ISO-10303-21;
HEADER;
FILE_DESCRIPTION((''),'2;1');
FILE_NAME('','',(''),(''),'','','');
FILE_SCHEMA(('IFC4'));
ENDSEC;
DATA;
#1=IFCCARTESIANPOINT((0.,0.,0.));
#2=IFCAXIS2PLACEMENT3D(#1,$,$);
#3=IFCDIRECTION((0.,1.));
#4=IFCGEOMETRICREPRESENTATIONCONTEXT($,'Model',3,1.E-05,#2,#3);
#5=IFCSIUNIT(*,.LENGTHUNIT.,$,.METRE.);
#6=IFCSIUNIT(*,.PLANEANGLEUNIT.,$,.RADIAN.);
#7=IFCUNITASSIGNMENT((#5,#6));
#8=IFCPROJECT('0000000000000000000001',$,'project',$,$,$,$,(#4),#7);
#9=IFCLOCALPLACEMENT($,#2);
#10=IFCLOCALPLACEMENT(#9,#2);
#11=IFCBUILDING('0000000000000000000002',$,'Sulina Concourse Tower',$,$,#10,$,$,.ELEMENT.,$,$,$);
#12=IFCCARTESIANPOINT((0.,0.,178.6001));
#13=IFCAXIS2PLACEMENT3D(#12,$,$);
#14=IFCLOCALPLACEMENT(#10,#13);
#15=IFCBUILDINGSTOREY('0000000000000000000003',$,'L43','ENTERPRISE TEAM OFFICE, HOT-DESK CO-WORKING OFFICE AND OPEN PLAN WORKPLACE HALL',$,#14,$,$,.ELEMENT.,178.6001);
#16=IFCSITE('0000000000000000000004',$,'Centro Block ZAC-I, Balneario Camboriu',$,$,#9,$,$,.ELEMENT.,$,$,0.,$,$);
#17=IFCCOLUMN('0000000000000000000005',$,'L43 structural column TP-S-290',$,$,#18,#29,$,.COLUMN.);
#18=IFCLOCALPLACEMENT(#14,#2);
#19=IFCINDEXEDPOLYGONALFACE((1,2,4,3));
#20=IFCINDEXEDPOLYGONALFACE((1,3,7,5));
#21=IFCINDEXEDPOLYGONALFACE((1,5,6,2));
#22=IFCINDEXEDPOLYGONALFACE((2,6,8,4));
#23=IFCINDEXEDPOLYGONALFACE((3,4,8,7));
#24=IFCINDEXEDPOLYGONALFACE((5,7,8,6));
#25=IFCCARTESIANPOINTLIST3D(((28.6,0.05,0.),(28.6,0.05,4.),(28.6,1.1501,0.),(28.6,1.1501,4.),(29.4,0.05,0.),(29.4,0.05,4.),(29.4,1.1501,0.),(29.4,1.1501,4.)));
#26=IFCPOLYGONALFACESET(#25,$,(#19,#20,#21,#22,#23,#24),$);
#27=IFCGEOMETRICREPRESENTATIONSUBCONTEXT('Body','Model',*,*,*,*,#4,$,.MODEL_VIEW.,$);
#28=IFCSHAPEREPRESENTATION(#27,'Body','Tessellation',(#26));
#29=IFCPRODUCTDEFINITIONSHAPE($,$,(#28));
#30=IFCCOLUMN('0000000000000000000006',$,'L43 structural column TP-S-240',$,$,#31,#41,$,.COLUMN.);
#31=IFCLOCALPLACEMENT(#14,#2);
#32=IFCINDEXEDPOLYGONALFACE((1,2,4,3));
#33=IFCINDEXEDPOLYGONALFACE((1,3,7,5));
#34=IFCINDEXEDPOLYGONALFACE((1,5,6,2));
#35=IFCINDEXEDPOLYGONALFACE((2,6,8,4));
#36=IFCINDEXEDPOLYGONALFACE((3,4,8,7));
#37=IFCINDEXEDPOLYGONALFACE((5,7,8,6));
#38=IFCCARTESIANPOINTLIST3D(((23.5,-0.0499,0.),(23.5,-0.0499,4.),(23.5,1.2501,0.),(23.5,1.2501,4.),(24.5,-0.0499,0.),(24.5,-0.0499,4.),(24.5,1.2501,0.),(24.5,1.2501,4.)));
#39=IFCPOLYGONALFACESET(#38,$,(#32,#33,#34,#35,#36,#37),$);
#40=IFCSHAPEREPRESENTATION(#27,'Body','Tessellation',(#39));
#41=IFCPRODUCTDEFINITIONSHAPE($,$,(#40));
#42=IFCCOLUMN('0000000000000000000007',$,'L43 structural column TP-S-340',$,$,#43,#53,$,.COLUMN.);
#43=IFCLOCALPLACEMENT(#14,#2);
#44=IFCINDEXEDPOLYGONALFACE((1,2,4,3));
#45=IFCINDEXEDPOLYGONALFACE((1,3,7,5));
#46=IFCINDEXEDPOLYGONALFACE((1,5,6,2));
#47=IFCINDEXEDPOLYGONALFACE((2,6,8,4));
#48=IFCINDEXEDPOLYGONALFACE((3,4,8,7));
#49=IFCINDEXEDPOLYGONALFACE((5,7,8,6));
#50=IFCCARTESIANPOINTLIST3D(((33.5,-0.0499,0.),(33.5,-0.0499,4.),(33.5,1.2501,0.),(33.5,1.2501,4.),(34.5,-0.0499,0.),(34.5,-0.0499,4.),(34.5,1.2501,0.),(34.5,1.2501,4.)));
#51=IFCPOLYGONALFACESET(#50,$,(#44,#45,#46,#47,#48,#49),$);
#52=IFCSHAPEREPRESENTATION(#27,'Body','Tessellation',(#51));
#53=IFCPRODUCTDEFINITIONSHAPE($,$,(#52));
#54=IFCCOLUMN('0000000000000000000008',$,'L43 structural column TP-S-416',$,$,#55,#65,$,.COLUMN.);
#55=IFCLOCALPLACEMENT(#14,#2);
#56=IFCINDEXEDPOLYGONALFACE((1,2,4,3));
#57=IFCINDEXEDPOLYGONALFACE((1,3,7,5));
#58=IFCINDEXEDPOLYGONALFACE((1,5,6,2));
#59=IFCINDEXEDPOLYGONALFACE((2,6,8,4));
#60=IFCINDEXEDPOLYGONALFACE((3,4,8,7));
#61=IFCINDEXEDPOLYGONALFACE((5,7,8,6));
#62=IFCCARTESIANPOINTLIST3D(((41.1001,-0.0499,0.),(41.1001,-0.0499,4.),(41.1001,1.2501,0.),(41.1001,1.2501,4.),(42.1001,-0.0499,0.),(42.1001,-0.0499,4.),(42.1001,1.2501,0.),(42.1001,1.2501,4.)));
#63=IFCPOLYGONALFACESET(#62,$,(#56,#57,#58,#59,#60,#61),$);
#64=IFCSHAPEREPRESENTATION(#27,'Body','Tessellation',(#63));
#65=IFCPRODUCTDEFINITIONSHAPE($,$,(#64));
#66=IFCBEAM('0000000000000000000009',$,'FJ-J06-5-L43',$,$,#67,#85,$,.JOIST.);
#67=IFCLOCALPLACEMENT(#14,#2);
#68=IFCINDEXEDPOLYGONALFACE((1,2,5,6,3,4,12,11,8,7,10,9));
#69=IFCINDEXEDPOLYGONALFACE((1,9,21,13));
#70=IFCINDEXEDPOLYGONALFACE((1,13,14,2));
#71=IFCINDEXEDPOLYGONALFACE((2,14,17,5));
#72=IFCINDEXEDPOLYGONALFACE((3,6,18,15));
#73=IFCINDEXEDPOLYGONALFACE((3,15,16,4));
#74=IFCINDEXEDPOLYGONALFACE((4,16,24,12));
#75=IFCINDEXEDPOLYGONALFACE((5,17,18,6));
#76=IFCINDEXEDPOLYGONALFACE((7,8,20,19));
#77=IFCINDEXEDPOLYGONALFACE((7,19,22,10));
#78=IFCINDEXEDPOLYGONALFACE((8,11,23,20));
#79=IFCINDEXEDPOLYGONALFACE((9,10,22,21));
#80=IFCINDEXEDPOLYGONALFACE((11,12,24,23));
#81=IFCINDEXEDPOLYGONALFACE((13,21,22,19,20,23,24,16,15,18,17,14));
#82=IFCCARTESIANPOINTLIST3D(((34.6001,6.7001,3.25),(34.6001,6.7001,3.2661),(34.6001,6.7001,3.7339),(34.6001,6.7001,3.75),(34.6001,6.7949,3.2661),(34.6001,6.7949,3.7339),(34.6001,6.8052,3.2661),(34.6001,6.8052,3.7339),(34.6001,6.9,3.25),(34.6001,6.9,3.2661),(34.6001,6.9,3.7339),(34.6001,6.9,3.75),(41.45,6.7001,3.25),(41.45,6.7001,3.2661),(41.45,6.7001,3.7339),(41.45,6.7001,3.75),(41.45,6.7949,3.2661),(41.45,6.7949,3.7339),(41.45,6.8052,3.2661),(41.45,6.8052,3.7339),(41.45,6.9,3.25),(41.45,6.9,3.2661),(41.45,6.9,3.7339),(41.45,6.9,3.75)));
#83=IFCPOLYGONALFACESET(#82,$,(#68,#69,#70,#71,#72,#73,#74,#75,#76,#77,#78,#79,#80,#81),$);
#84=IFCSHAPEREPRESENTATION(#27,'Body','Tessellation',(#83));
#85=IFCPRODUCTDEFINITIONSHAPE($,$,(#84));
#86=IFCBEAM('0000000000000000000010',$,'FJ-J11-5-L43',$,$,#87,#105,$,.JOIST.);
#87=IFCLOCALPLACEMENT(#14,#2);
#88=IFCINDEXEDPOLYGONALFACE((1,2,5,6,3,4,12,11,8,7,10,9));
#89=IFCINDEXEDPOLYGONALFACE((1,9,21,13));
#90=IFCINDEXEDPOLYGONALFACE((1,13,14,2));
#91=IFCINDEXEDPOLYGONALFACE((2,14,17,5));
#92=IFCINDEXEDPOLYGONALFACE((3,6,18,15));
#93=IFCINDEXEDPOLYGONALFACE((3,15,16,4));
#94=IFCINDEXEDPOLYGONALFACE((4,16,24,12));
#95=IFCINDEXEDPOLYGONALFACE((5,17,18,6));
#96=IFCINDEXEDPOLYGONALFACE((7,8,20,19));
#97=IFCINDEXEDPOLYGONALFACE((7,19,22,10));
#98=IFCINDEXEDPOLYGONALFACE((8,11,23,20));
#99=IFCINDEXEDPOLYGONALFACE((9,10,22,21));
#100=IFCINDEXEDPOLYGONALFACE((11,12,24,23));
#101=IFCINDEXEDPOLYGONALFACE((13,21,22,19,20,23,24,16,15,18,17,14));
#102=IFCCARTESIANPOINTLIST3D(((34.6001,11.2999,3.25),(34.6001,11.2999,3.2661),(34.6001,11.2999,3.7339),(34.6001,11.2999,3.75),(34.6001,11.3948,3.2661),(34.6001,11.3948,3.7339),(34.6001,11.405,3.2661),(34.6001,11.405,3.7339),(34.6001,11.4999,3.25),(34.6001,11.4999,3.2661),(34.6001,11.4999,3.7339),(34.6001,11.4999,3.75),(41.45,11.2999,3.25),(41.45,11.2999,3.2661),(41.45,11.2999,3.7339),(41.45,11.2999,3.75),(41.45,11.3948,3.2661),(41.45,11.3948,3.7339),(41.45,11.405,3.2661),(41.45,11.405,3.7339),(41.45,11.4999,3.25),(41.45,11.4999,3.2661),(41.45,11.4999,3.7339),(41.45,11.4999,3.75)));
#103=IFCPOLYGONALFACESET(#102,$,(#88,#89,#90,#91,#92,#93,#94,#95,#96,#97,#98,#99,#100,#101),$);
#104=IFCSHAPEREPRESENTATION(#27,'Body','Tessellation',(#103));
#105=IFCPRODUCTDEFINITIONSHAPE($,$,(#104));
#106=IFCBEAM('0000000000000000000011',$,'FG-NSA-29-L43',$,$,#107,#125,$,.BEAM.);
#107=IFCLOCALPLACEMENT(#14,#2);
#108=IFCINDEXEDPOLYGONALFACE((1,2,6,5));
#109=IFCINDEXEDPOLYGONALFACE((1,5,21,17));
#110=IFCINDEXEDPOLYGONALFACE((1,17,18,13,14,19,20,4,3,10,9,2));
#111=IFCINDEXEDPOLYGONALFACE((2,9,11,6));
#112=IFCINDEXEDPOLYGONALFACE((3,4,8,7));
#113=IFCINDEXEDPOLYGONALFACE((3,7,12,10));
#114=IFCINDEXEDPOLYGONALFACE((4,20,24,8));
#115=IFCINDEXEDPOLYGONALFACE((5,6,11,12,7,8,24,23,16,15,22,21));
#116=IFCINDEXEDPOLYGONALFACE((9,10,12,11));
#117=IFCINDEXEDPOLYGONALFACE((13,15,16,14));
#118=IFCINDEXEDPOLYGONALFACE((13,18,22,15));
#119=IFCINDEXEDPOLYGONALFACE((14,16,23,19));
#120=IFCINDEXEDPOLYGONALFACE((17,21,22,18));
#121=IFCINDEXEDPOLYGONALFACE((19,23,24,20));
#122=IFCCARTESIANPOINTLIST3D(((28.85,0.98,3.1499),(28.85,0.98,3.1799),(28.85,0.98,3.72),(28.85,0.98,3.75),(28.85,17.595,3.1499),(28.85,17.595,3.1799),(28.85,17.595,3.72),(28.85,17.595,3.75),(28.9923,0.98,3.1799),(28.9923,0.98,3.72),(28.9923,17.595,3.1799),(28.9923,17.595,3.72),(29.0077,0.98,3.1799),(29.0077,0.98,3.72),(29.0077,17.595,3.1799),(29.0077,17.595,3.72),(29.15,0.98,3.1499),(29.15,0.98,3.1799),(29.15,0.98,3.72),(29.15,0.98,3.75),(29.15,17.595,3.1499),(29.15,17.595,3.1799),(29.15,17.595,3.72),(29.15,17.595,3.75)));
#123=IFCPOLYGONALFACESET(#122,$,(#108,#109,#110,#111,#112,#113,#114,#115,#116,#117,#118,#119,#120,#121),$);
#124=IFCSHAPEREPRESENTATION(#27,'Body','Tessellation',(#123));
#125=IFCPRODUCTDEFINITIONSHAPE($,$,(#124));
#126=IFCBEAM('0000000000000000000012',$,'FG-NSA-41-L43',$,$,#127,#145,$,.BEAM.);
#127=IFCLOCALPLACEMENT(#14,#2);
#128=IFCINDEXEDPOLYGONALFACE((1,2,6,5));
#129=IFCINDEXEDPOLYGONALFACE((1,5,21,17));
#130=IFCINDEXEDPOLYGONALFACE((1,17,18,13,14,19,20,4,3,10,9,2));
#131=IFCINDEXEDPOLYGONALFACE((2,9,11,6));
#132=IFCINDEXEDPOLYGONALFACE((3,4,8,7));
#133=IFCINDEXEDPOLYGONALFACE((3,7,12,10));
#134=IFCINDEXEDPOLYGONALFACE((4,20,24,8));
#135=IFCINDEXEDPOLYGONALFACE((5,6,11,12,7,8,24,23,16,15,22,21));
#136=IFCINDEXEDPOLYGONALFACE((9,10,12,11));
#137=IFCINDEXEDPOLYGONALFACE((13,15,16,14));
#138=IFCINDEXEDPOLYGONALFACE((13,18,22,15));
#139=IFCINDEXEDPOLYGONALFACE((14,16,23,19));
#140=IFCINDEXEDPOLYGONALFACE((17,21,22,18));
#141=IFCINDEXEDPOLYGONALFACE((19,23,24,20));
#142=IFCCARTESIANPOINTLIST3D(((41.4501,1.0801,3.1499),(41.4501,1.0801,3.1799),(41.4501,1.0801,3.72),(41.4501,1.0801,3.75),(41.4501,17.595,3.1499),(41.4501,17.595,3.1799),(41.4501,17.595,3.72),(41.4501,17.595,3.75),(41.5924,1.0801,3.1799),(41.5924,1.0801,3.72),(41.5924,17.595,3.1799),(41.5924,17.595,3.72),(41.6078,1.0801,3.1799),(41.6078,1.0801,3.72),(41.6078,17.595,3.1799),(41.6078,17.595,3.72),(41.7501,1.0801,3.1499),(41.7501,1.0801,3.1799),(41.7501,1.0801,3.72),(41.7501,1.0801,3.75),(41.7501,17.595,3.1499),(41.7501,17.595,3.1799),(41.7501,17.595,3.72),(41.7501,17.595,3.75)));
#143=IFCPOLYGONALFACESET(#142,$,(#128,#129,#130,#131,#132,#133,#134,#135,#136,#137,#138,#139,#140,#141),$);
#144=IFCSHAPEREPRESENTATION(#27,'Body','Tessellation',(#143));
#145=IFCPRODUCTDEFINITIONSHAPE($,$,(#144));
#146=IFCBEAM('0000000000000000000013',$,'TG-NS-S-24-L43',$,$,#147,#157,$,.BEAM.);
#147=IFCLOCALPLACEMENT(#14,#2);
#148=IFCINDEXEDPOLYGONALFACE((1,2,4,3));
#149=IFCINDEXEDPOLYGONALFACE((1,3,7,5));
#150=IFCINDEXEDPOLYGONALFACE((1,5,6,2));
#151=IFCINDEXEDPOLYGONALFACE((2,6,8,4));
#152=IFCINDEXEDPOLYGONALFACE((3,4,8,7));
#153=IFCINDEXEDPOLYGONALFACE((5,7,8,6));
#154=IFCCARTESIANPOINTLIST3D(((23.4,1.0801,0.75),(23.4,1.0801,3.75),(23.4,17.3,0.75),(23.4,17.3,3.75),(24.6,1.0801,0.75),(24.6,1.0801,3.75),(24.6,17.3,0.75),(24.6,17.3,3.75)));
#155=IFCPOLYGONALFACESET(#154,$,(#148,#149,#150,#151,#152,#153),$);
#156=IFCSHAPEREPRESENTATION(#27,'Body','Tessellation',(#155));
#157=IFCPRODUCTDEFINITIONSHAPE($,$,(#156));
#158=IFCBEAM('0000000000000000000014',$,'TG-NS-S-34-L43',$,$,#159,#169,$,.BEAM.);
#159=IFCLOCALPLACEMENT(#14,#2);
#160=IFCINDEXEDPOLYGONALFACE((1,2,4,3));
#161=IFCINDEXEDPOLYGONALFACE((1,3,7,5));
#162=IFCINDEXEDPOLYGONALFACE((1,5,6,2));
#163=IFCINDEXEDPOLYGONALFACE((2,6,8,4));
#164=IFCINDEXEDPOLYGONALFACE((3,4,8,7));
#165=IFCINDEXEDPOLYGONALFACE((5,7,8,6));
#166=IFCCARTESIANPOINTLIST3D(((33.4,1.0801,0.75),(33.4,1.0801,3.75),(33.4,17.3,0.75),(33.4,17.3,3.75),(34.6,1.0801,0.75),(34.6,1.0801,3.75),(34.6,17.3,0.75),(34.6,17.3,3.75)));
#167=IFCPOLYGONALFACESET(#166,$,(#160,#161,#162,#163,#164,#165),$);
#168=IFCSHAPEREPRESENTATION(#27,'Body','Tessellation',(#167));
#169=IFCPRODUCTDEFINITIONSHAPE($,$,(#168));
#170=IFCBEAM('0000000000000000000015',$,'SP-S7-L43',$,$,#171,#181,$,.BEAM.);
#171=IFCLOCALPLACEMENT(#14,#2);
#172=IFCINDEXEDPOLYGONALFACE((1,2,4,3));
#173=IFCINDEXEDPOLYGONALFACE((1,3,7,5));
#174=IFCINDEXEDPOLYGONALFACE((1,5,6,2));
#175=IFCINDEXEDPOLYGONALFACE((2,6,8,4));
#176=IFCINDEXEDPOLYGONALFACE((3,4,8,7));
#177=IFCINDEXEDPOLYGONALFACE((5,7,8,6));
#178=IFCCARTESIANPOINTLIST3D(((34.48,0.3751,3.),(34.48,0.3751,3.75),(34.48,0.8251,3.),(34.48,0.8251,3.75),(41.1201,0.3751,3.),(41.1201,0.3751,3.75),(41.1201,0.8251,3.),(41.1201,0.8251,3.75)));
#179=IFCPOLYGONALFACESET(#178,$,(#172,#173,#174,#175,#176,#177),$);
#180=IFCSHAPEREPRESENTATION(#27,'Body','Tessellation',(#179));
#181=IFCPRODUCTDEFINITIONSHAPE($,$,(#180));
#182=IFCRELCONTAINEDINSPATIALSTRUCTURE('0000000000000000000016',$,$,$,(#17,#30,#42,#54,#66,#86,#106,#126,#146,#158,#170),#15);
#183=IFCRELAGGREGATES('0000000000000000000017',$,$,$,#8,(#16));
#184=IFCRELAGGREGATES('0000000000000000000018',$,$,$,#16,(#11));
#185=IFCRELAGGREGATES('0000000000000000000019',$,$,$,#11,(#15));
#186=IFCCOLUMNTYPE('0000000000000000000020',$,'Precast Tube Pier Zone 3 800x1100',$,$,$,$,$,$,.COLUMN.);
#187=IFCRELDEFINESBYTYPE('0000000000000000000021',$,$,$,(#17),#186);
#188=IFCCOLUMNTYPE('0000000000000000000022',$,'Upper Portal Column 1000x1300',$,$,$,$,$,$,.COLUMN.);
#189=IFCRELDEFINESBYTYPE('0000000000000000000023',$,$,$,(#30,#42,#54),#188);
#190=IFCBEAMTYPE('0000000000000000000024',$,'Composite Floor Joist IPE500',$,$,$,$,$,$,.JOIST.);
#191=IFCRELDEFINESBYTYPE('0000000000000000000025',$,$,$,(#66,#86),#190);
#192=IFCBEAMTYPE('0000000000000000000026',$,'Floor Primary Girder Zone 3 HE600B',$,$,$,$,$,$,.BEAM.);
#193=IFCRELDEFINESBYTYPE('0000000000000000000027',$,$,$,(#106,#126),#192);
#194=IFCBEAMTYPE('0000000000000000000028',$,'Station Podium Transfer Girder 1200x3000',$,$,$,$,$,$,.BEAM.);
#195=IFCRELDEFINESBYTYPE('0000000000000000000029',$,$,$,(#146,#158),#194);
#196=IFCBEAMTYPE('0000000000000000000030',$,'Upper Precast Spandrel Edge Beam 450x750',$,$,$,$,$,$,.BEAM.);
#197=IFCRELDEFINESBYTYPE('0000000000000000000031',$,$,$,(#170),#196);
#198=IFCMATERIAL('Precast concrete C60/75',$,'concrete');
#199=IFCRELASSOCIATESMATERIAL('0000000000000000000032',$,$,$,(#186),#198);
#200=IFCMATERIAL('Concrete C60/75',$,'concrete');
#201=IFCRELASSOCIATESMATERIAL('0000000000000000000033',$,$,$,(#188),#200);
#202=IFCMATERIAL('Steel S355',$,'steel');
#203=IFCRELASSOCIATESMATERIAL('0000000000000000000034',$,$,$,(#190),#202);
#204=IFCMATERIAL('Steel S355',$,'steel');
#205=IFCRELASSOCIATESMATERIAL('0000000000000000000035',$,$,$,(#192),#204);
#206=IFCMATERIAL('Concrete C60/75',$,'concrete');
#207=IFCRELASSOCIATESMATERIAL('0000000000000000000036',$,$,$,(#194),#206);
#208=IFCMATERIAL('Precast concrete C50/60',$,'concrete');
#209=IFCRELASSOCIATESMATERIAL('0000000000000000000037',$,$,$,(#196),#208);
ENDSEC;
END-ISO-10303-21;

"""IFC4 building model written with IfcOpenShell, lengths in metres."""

from ifc_helpers import new_model, si_unit, direction, frame, origin, origin_2d, place, context, subcontext, project, spatial, rectangle, i_section, extrude, material, material_profile, profile_set, type_object, element, save


model = new_model("IFC4")

# Units and contexts
model_context = context("Model", 3, precision=1e-05, world=origin(), true_north=direction((0.0, 1.0)))
body_context = subcontext(model_context, "Body", "Model", "MODEL_VIEW")
ifc_project = project(units=[si_unit("LENGTHUNIT", "METRE"), si_unit("PLANEANGLEUNIT", "RADIAN")], contexts=[model_context])

# Site, building, storey
site_placement = place(None, origin())
site = spatial("IfcSite", under=ifc_project, at=site_placement, Name="Centro Block ZAC-I, Balneario Camboriu", CompositionType="ELEMENT", RefElevation=0.0)
building_placement = place(site_placement, origin())
building = spatial("IfcBuilding", under=site, at=building_placement, Name="Sulina Concourse Tower", CompositionType="ELEMENT")
storey_placement = place(building_placement, frame((0.0, 0.0, 178.6001)))
storey = spatial("IfcBuildingStorey", under=building, at=storey_placement, Name="L43", Description="ENTERPRISE TEAM OFFICE, HOT-DESK CO-WORKING OFFICE AND OPEN PLAN WORKPLACE HALL", CompositionType="ELEMENT", Elevation=178.6001)

# Columns
ifc_material_1 = material(Name="Precast concrete C60/75", Category="concrete")
ifc_material_profile_1 = material_profile(ifc_material_1, rectangle(XDim=0.8, YDim=1.1001, at=origin_2d()), Name="PC 800x1100")
ifc_profile_set_1 = profile_set([ifc_material_profile_1], Name="Precast concrete C60/75")
column_type_1 = type_object("IfcColumnType", Name="Precast Tube Pier Zone 3 800x1100", PredefinedType="COLUMN", material=ifc_profile_set_1)
column_placement = place(storey_placement, frame((29.0, 0.6001, 0.0), z_axis=(0.0, 0.0, 1.0), x_axis=(1.0, 0.0, 0.0)))
element("IfcColumn", 1, at=column_placement, inside=storey, type_object=column_type_1, Name="L43 structural column TP-S-290", PredefinedType="COLUMN", context=body_context, shape_type="SweptSolid", body=[
    extrude(rectangle(XDim=0.8, YDim=1.1001, at=origin_2d()), origin(), (0.0, 0.0, 1.0), 4.0),
])
ifc_material_2 = material(Name="Concrete C60/75", Category="concrete")
ifc_material_profile_2 = material_profile(ifc_material_2, rectangle(XDim=1.0, YDim=1.3, at=origin_2d()), Name="RC 1000x1300")
ifc_profile_set_2 = profile_set([ifc_material_profile_2], Name="Concrete C60/75")
column_type_2 = type_object("IfcColumnType", Name="Upper Portal Column 1000x1300", PredefinedType="COLUMN", material=ifc_profile_set_2)
for number, where, z_axis, x_axis, name in (
    (2, (24.0, 0.6001, 0.0), (0.0, 0.0, 1.0), (1.0, 0.0, 0.0), "L43 structural column TP-S-240"),
    (3, (34.0, 0.6001, 0.0), (0.0, 0.0, 1.0), (1.0, 0.0, 0.0), "L43 structural column TP-S-340"),
    (4, (41.6001, 0.6001, 0.0), (0.0, 0.0, 1.0), (1.0, 0.0, 0.0), "L43 structural column TP-S-416"),
):
    element("IfcColumn", number, at=place(storey_placement, frame(where, z_axis=z_axis, x_axis=x_axis)), inside=storey, type_object=column_type_2, Name=name, PredefinedType="COLUMN", context=body_context, shape_type="SweptSolid", body=[
        extrude(rectangle(XDim=1.0, YDim=1.3, at=origin_2d()), origin(), (0.0, 0.0, 1.0), 4.0),
    ])

# Beams
ifc_material_3 = material(Name="Steel S355", Category="steel")
ifc_material_profile_3 = material_profile(ifc_material_3, i_section(OverallWidth=0.2, OverallDepth=0.5, WebThickness=0.0103, FlangeThickness=0.0161, at=origin_2d()), Name="IPE 500")
ifc_profile_set_3 = profile_set([ifc_material_profile_3], Name="Steel S355")
beam_type_1 = type_object("IfcBeamType", Name="Composite Floor Joist IPE500", PredefinedType="JOIST", material=ifc_profile_set_3)
for number, where, z_axis, x_axis, name in (
    (5, (34.6001, 6.8, 3.5), (1.0, 0.0, 0.0), (0.0, 1.0, 0.0), "FJ-J06-5-L43"),
    (6, (34.6001, 11.3999, 3.5), (1.0, 0.0, 0.0), (0.0, 1.0, 0.0), "FJ-J11-5-L43"),
):
    element("IfcBeam", number, at=place(storey_placement, frame(where, z_axis=z_axis, x_axis=x_axis)), inside=storey, type_object=beam_type_1, Name=name, PredefinedType="JOIST", context=body_context, shape_type="SweptSolid", body=[
        extrude(i_section(OverallWidth=0.2, OverallDepth=0.5, WebThickness=0.0103, FlangeThickness=0.0161, at=origin_2d()), origin(), (0.0, 0.0, 1.0), 6.8499),
    ])
ifc_material_4 = material(Name="Steel S355", Category="steel")
ifc_material_profile_4 = material_profile(ifc_material_4, i_section(OverallWidth=0.3, OverallDepth=0.6001, WebThickness=0.0154, FlangeThickness=0.03, at=origin_2d()), Name="HE 600 B")
ifc_profile_set_4 = profile_set([ifc_material_profile_4], Name="Steel S355")
beam_type_2 = type_object("IfcBeamType", Name="Floor Primary Girder Zone 3 HE600B", PredefinedType="BEAM", material=ifc_profile_set_4)
beam_1_placement = place(storey_placement, frame((29.0, 0.98, 3.45), z_axis=(0.0, 1.0, 0.0), x_axis=(-1.0, 0.0, 0.0)))
element("IfcBeam", 7, at=beam_1_placement, inside=storey, type_object=beam_type_2, Name="FG-NSA-29-L43", PredefinedType="BEAM", context=body_context, shape_type="SweptSolid", body=[
    extrude(i_section(OverallWidth=0.3, OverallDepth=0.6001, WebThickness=0.0154, FlangeThickness=0.03, at=origin_2d()), origin(), (0.0, 0.0, 1.0), 16.615),
])
beam_2_placement = place(storey_placement, frame((41.6001, 1.0801, 3.45), z_axis=(0.0, 1.0, 0.0), x_axis=(-1.0, 0.0, 0.0)))
element("IfcBeam", 8, at=beam_2_placement, inside=storey, type_object=beam_type_2, Name="FG-NSA-41-L43", PredefinedType="BEAM", context=body_context, shape_type="SweptSolid", body=[
    extrude(i_section(OverallWidth=0.3, OverallDepth=0.6001, WebThickness=0.0154, FlangeThickness=0.03, at=origin_2d()), origin(), (0.0, 0.0, 1.0), 16.5149),
])
ifc_material_5 = material(Name="Concrete C60/75", Category="concrete")
ifc_material_profile_5 = material_profile(ifc_material_5, rectangle(XDim=1.2, YDim=3.0, at=origin_2d()), Name="RC 1200x3000")
ifc_profile_set_5 = profile_set([ifc_material_profile_5], Name="Concrete C60/75")
beam_type_3 = type_object("IfcBeamType", Name="Station Podium Transfer Girder 1200x3000", PredefinedType="BEAM", material=ifc_profile_set_5)
for number, where, z_axis, x_axis, name in (
    (9, (24.0, 1.0801, 2.25), (0.0, 1.0, 0.0), (-1.0, 0.0, 0.0), "TG-NS-S-24-L43"),
    (10, (34.0, 1.0801, 2.25), (0.0, 1.0, 0.0), (-1.0, 0.0, 0.0), "TG-NS-S-34-L43"),
):
    element("IfcBeam", number, at=place(storey_placement, frame(where, z_axis=z_axis, x_axis=x_axis)), inside=storey, type_object=beam_type_3, Name=name, PredefinedType="BEAM", context=body_context, shape_type="SweptSolid", body=[
        extrude(rectangle(XDim=1.2, YDim=3.0, at=origin_2d()), origin(), (0.0, 0.0, 1.0), 16.22),
    ])
ifc_material_6 = material(Name="Precast concrete C50/60", Category="concrete")
ifc_material_profile_6 = material_profile(ifc_material_6, rectangle(XDim=0.45, YDim=0.75, at=origin_2d()), Name="RC 450x750")
ifc_profile_set_6 = profile_set([ifc_material_profile_6], Name="Precast concrete C50/60")
beam_type_4 = type_object("IfcBeamType", Name="Upper Precast Spandrel Edge Beam 450x750", PredefinedType="BEAM", material=ifc_profile_set_6)
beam_3_placement = place(storey_placement, frame((34.48, 0.6001, 3.375), z_axis=(1.0, 0.0, 0.0), x_axis=(0.0, 1.0, 0.0)))
element("IfcBeam", 11, at=beam_3_placement, inside=storey, type_object=beam_type_4, Name="SP-S7-L43", PredefinedType="BEAM", context=body_context, shape_type="SweptSolid", body=[
    extrude(rectangle(XDim=0.45, YDim=0.75, at=origin_2d()), origin(), (0.0, 0.0, 1.0), 6.6401),
])

save(model, "model.ifc")
